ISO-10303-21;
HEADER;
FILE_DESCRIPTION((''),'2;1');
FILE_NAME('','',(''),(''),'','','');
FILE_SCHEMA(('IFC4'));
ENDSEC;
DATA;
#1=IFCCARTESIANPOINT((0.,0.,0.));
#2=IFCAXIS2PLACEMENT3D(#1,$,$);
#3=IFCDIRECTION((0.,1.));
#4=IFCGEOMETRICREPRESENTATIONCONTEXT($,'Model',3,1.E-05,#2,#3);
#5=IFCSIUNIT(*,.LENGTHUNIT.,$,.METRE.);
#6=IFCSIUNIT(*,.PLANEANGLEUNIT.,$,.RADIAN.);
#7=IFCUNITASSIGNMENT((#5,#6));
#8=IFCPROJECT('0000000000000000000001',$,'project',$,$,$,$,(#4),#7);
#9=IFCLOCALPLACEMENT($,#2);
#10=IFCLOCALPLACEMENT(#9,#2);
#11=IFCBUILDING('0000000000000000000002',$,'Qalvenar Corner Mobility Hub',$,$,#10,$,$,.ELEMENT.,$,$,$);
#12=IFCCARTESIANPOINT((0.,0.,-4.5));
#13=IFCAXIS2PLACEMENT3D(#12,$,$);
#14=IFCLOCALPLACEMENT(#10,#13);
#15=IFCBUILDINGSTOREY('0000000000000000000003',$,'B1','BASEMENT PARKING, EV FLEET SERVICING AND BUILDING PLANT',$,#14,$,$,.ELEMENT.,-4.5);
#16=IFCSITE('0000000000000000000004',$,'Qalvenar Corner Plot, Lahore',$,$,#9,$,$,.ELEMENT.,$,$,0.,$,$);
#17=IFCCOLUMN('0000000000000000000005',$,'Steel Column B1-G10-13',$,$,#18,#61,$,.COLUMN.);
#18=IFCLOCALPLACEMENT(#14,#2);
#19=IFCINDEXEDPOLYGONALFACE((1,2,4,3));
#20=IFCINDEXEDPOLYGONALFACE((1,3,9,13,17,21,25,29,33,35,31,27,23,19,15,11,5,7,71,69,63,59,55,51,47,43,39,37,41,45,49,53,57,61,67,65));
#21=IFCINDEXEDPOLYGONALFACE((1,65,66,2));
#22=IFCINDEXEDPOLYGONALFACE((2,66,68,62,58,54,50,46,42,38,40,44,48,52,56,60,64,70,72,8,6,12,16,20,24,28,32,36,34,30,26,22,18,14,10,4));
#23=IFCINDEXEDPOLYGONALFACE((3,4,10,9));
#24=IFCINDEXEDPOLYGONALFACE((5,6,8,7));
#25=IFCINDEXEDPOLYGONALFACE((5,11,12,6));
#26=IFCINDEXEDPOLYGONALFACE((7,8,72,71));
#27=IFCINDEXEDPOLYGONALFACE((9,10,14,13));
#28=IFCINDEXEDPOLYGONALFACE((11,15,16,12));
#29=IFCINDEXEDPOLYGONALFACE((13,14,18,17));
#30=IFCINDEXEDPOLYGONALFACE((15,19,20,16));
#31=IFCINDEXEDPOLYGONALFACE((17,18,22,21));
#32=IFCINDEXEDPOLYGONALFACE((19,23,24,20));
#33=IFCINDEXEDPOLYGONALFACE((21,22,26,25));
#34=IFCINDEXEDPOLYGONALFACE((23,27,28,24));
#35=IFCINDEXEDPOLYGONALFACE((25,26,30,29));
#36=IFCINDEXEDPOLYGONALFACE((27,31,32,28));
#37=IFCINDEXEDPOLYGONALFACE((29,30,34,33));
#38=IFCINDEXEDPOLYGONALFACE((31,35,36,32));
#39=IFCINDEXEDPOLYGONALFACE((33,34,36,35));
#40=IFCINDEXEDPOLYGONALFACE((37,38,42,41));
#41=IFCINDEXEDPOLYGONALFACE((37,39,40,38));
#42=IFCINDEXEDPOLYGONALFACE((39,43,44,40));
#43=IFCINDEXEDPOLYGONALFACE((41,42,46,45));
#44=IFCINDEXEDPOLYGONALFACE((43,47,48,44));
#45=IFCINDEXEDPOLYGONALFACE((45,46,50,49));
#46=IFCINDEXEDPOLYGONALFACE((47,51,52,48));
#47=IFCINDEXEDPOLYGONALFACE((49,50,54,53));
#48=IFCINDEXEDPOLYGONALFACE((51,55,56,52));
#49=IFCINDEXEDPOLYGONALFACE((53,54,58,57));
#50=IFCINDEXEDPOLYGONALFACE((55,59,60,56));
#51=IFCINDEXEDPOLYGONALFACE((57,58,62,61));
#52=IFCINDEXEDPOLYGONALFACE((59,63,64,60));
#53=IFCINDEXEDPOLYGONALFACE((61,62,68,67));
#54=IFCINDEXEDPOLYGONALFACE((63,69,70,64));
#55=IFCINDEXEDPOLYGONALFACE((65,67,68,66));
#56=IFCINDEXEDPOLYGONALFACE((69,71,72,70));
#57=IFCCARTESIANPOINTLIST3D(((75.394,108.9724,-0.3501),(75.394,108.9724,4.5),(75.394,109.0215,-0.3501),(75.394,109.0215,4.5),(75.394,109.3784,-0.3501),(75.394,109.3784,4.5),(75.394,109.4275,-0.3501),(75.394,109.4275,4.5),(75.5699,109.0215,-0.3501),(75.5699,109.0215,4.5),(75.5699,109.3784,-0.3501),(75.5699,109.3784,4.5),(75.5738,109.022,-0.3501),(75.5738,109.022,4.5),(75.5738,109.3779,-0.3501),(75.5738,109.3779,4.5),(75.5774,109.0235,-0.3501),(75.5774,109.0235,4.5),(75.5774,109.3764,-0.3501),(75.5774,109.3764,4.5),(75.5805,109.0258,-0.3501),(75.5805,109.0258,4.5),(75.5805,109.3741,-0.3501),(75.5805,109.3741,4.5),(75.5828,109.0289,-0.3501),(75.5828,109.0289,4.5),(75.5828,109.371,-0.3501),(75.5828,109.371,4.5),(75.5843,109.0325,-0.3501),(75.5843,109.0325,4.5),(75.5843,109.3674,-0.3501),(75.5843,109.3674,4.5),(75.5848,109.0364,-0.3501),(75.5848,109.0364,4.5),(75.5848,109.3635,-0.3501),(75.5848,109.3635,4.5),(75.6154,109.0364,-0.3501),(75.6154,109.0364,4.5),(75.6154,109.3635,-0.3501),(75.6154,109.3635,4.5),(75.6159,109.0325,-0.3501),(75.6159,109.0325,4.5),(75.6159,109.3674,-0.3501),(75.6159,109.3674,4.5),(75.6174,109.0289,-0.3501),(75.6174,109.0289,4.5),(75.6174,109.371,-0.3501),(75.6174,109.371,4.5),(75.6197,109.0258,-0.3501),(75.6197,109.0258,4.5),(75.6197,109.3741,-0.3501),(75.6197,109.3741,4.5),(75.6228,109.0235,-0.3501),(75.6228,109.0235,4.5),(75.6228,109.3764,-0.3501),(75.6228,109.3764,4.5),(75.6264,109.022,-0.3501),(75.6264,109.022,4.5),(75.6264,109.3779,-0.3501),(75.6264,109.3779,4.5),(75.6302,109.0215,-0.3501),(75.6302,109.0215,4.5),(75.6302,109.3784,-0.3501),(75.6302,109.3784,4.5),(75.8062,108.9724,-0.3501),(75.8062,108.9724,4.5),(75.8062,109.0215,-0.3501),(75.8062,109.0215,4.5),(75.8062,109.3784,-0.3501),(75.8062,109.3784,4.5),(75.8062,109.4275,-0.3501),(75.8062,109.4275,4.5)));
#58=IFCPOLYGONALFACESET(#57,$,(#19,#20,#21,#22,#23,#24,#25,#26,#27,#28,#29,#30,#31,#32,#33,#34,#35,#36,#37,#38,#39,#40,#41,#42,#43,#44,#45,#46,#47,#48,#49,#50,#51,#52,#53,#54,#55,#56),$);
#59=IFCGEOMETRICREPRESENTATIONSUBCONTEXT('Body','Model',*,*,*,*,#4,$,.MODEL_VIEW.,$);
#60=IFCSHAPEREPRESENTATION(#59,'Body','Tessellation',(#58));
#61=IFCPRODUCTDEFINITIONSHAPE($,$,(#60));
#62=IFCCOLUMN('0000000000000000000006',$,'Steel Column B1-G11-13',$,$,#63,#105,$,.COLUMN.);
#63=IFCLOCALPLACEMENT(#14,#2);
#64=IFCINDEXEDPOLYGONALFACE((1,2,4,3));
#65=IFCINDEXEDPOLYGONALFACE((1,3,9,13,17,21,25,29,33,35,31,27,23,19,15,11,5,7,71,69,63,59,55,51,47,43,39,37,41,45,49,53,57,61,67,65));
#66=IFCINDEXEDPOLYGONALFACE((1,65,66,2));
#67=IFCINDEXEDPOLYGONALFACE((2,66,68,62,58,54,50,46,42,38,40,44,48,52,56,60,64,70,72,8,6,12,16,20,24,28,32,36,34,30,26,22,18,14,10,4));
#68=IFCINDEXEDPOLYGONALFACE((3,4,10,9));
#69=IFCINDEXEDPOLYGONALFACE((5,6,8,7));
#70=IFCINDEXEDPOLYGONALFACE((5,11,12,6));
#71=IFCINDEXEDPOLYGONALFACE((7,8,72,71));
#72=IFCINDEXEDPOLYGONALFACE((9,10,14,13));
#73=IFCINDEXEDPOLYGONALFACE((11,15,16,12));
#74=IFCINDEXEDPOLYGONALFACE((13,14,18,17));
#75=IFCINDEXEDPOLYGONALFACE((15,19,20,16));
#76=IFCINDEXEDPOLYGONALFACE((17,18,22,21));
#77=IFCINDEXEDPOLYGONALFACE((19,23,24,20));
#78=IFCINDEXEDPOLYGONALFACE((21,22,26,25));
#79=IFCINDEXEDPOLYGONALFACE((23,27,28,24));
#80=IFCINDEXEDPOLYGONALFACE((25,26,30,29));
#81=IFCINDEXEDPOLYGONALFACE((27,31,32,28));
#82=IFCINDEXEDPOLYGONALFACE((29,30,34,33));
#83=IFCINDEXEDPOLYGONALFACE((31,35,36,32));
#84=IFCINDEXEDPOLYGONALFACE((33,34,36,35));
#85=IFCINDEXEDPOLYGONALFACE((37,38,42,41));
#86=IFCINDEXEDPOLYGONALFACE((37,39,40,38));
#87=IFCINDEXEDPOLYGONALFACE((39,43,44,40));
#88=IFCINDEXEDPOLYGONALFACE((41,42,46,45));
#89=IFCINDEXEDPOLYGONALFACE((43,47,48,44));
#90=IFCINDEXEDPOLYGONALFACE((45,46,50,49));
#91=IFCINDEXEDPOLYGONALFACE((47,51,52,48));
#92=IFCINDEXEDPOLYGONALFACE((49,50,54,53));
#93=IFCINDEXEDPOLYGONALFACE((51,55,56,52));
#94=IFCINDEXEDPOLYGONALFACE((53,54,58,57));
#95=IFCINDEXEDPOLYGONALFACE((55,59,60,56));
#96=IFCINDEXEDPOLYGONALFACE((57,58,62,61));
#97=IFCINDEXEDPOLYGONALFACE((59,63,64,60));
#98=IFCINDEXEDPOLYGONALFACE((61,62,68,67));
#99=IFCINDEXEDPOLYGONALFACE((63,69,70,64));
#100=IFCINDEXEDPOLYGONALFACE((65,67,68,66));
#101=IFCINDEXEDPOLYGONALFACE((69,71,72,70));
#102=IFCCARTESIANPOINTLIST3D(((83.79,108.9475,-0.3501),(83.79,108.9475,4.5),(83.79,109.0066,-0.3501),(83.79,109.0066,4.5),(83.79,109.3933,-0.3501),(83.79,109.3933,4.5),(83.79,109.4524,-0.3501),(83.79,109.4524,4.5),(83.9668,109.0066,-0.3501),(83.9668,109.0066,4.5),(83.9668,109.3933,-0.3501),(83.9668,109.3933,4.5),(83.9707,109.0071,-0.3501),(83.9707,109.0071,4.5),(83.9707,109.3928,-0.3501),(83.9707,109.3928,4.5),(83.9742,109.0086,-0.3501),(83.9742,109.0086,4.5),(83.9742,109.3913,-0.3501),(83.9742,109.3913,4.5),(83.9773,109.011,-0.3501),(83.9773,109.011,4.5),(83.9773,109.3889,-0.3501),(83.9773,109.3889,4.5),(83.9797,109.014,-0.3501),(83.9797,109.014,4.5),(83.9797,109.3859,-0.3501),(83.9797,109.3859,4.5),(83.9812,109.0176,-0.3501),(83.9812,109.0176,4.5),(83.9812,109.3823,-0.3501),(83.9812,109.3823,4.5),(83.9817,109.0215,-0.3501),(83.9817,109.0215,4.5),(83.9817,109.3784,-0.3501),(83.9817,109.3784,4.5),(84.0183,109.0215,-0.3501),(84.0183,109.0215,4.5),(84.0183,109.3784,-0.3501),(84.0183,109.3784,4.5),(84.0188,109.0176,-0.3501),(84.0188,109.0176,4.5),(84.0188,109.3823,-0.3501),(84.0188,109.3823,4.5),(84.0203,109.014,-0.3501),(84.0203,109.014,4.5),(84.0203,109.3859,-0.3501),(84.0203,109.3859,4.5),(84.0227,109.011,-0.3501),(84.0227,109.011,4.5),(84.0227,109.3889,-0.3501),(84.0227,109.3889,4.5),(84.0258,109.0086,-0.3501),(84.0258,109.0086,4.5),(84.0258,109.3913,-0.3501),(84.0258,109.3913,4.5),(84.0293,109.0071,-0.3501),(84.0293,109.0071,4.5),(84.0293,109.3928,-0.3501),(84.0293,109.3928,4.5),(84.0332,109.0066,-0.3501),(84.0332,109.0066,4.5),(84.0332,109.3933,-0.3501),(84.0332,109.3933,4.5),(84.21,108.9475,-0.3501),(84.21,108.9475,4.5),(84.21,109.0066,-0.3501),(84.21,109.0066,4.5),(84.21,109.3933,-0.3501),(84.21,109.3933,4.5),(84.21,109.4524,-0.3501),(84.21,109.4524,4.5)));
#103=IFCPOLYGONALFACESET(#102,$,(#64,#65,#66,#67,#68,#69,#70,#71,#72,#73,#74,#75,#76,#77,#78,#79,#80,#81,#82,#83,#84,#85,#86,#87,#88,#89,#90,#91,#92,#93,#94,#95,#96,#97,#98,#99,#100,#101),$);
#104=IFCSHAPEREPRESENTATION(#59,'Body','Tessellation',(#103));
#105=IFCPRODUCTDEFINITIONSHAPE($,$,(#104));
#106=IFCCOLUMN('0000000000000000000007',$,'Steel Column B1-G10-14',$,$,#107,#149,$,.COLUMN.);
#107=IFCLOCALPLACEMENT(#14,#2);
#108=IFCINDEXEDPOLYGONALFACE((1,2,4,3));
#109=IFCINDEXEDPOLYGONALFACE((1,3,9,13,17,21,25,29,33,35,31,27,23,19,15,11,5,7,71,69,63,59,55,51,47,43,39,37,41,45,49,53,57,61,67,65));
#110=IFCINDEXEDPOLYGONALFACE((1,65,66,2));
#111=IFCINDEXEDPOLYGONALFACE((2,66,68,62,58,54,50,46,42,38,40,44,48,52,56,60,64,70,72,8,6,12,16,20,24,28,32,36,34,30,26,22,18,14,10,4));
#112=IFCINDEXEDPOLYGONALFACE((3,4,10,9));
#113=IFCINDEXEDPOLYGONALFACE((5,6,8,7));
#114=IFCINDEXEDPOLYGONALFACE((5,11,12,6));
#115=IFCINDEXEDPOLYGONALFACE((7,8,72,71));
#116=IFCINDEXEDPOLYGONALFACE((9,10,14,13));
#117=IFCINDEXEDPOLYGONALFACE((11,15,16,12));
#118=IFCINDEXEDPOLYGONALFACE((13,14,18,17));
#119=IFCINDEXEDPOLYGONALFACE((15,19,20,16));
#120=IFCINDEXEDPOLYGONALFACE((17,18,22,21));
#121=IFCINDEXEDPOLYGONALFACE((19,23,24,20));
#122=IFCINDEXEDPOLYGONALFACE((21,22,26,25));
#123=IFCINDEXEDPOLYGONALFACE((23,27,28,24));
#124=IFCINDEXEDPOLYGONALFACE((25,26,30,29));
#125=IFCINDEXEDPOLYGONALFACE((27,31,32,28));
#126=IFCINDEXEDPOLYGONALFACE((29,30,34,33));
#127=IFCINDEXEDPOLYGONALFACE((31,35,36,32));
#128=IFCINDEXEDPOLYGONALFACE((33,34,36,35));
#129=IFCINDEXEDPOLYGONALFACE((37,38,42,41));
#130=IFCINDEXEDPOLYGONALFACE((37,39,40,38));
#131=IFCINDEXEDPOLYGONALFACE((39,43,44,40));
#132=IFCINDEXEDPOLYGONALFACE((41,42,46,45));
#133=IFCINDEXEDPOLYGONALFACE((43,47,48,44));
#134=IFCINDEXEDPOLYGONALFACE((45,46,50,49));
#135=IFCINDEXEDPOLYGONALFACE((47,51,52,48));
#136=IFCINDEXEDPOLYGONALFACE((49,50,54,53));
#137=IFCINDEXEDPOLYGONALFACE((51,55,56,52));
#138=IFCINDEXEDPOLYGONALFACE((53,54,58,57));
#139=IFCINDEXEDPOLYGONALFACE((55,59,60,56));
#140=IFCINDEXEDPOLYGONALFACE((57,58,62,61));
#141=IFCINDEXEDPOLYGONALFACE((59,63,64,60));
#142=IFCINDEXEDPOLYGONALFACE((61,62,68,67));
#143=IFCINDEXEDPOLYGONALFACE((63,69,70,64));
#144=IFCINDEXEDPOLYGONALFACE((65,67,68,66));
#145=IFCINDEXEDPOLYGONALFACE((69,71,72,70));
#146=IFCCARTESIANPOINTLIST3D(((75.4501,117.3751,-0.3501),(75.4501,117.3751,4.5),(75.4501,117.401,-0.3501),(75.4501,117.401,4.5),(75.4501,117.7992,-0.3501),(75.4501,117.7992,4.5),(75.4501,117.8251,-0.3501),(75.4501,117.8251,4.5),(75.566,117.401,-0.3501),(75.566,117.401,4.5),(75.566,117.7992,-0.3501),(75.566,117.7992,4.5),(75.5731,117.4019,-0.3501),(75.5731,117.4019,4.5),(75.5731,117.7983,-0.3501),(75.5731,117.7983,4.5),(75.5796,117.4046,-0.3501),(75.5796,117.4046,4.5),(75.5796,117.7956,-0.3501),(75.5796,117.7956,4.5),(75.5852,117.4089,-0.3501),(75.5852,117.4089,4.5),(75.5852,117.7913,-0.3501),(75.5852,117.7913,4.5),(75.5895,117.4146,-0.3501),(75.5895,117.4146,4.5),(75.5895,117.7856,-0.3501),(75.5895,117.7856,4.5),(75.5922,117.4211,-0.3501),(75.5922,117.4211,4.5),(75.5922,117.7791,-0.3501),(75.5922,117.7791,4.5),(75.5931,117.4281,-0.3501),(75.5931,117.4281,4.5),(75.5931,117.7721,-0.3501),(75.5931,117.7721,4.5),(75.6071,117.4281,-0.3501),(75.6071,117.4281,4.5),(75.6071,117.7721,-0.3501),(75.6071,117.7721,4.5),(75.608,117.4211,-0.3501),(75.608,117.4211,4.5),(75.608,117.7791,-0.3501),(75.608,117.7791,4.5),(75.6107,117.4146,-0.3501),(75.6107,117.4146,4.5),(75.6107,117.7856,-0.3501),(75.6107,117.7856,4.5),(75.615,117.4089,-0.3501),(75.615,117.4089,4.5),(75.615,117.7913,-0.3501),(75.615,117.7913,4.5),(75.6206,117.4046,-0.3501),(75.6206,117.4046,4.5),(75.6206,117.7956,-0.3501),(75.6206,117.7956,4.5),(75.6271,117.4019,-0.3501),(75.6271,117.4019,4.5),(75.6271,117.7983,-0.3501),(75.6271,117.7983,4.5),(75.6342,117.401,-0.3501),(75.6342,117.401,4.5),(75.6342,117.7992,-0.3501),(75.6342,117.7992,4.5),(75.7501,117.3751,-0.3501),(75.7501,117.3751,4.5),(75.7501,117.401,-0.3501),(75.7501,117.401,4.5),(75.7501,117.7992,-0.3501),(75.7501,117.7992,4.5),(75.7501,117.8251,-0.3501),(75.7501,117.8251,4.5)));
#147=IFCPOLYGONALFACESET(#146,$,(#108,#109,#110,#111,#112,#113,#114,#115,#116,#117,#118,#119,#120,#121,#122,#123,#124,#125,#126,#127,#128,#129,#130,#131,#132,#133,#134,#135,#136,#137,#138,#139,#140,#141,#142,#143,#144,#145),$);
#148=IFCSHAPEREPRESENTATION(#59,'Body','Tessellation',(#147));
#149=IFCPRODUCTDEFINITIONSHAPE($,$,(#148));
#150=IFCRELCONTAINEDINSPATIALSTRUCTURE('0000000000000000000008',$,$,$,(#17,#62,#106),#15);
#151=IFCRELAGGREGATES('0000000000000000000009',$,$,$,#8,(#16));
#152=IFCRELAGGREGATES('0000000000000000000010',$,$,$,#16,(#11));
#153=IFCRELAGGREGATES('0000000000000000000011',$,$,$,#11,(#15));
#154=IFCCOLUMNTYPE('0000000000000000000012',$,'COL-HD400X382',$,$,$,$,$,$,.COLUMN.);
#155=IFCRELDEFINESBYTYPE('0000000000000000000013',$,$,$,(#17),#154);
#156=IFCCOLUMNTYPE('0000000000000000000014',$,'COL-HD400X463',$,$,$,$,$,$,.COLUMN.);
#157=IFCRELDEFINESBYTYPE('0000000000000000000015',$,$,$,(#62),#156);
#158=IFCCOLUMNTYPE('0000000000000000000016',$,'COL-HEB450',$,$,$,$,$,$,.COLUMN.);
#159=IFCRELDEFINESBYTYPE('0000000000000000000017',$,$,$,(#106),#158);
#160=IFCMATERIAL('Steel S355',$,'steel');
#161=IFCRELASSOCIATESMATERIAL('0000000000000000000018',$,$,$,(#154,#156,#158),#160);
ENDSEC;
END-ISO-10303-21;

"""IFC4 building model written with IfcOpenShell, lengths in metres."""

from ifc_helpers import new_model, si_unit, direction, frame, origin, origin_2d, place, context, subcontext, project, spatial, i_section, extrude, material, material_profile, profile_set, type_object, element, save


model = new_model("IFC4")

# Units and contexts
model_context = context("Model", 3, precision=1e-05, world=origin(), true_north=direction((0.0, 1.0)))
body_context = subcontext(model_context, "Body", "Model", "MODEL_VIEW")
ifc_project = project(units=[si_unit("LENGTHUNIT", "METRE"), si_unit("PLANEANGLEUNIT", "RADIAN")], contexts=[model_context])

# Site, building, storey
site_placement = place(None, origin())
site = spatial("IfcSite", under=ifc_project, at=site_placement, Name="Qalvenar Corner Plot, Lahore", CompositionType="ELEMENT", RefElevation=0.0)
building_placement = place(site_placement, origin())
building = spatial("IfcBuilding", under=site, at=building_placement, Name="Qalvenar Corner Mobility Hub", CompositionType="ELEMENT")
storey_placement = place(building_placement, frame((0.0, 0.0, -4.5)))
storey = spatial("IfcBuildingStorey", under=building, at=storey_placement, Name="B1", Description="BASEMENT PARKING, EV FLEET SERVICING AND BUILDING PLANT", CompositionType="ELEMENT", Elevation=-4.5)

# Columns
ifc_material_1 = material(Name="Steel S355", Category="steel")
ifc_material_profile_1 = material_profile(ifc_material_1, i_section(OverallWidth=0.4121, OverallDepth=0.4551, WebThickness=0.0305, FlangeThickness=0.0491, FilletRadius=0.0149, at=origin_2d()), Name="HD400x421")
ifc_profile_set_1 = profile_set([ifc_material_profile_1], Name="Steel S355")
column_type_1 = type_object("IfcColumnType", Name="COL-HD400X382", PredefinedType="COLUMN", material=ifc_profile_set_1)
column_1_placement = place(storey_placement, frame((75.6001, 109.2, -0.3501), z_axis=(0.0, 0.0, 1.0), x_axis=(1.0, 0.0, 0.0)))
element("IfcColumn", 1, at=column_1_placement, inside=storey, type_object=column_type_1, Name="Steel Column B1-G10-13", PredefinedType="COLUMN", context=body_context, shape_type="SweptSolid", body=[
    extrude(i_section(OverallWidth=0.4121, OverallDepth=0.4551, WebThickness=0.0305, FlangeThickness=0.0491, FilletRadius=0.0149, at=origin_2d()), origin(), (0.0, 0.0, 1.0), 4.8501),
])
ifc_material_profile_2 = material_profile(ifc_material_1, i_section(OverallWidth=0.4199, OverallDepth=0.5049, WebThickness=0.0366, FlangeThickness=0.0591, FilletRadius=0.0149, at=origin_2d()), Name="HD400x551")
ifc_profile_set_2 = profile_set([ifc_material_profile_2], Name="Steel S355")
column_type_2 = type_object("IfcColumnType", Name="COL-HD400X463", PredefinedType="COLUMN", material=ifc_profile_set_2)
column_2_placement = place(storey_placement, frame((84.0, 109.2, -0.3501), z_axis=(0.0, 0.0, 1.0), x_axis=(1.0, 0.0, 0.0)))
element("IfcColumn", 2, at=column_2_placement, inside=storey, type_object=column_type_2, Name="Steel Column B1-G11-13", PredefinedType="COLUMN", context=body_context, shape_type="SweptSolid", body=[
    extrude(i_section(OverallWidth=0.4199, OverallDepth=0.5049, WebThickness=0.0366, FlangeThickness=0.0591, FilletRadius=0.0149, at=origin_2d()), origin(), (0.0, 0.0, 1.0), 4.8501),
])
ifc_material_profile_3 = material_profile(ifc_material_1, i_section(OverallWidth=0.3, OverallDepth=0.45, WebThickness=0.0139, FlangeThickness=0.0259, FilletRadius=0.0271, at=origin_2d()), Name="HEB450")
ifc_profile_set_3 = profile_set([ifc_material_profile_3], Name="Steel S355")
column_type_3 = type_object("IfcColumnType", Name="COL-HEB450", PredefinedType="COLUMN", material=ifc_profile_set_3)
column_3_placement = place(storey_placement, frame((75.6001, 117.6001, -0.3501), z_axis=(0.0, 0.0, 1.0), x_axis=(1.0, 0.0, 0.0)))
element("IfcColumn", 3, at=column_3_placement, inside=storey, type_object=column_type_3, Name="Steel Column B1-G10-14", PredefinedType="COLUMN", context=body_context, shape_type="SweptSolid", body=[
    extrude(i_section(OverallWidth=0.3, OverallDepth=0.45, WebThickness=0.0139, FlangeThickness=0.0259, FilletRadius=0.0271, at=origin_2d()), origin(), (0.0, 0.0, 1.0), 4.8501),
])

save(model, "model.ifc")
